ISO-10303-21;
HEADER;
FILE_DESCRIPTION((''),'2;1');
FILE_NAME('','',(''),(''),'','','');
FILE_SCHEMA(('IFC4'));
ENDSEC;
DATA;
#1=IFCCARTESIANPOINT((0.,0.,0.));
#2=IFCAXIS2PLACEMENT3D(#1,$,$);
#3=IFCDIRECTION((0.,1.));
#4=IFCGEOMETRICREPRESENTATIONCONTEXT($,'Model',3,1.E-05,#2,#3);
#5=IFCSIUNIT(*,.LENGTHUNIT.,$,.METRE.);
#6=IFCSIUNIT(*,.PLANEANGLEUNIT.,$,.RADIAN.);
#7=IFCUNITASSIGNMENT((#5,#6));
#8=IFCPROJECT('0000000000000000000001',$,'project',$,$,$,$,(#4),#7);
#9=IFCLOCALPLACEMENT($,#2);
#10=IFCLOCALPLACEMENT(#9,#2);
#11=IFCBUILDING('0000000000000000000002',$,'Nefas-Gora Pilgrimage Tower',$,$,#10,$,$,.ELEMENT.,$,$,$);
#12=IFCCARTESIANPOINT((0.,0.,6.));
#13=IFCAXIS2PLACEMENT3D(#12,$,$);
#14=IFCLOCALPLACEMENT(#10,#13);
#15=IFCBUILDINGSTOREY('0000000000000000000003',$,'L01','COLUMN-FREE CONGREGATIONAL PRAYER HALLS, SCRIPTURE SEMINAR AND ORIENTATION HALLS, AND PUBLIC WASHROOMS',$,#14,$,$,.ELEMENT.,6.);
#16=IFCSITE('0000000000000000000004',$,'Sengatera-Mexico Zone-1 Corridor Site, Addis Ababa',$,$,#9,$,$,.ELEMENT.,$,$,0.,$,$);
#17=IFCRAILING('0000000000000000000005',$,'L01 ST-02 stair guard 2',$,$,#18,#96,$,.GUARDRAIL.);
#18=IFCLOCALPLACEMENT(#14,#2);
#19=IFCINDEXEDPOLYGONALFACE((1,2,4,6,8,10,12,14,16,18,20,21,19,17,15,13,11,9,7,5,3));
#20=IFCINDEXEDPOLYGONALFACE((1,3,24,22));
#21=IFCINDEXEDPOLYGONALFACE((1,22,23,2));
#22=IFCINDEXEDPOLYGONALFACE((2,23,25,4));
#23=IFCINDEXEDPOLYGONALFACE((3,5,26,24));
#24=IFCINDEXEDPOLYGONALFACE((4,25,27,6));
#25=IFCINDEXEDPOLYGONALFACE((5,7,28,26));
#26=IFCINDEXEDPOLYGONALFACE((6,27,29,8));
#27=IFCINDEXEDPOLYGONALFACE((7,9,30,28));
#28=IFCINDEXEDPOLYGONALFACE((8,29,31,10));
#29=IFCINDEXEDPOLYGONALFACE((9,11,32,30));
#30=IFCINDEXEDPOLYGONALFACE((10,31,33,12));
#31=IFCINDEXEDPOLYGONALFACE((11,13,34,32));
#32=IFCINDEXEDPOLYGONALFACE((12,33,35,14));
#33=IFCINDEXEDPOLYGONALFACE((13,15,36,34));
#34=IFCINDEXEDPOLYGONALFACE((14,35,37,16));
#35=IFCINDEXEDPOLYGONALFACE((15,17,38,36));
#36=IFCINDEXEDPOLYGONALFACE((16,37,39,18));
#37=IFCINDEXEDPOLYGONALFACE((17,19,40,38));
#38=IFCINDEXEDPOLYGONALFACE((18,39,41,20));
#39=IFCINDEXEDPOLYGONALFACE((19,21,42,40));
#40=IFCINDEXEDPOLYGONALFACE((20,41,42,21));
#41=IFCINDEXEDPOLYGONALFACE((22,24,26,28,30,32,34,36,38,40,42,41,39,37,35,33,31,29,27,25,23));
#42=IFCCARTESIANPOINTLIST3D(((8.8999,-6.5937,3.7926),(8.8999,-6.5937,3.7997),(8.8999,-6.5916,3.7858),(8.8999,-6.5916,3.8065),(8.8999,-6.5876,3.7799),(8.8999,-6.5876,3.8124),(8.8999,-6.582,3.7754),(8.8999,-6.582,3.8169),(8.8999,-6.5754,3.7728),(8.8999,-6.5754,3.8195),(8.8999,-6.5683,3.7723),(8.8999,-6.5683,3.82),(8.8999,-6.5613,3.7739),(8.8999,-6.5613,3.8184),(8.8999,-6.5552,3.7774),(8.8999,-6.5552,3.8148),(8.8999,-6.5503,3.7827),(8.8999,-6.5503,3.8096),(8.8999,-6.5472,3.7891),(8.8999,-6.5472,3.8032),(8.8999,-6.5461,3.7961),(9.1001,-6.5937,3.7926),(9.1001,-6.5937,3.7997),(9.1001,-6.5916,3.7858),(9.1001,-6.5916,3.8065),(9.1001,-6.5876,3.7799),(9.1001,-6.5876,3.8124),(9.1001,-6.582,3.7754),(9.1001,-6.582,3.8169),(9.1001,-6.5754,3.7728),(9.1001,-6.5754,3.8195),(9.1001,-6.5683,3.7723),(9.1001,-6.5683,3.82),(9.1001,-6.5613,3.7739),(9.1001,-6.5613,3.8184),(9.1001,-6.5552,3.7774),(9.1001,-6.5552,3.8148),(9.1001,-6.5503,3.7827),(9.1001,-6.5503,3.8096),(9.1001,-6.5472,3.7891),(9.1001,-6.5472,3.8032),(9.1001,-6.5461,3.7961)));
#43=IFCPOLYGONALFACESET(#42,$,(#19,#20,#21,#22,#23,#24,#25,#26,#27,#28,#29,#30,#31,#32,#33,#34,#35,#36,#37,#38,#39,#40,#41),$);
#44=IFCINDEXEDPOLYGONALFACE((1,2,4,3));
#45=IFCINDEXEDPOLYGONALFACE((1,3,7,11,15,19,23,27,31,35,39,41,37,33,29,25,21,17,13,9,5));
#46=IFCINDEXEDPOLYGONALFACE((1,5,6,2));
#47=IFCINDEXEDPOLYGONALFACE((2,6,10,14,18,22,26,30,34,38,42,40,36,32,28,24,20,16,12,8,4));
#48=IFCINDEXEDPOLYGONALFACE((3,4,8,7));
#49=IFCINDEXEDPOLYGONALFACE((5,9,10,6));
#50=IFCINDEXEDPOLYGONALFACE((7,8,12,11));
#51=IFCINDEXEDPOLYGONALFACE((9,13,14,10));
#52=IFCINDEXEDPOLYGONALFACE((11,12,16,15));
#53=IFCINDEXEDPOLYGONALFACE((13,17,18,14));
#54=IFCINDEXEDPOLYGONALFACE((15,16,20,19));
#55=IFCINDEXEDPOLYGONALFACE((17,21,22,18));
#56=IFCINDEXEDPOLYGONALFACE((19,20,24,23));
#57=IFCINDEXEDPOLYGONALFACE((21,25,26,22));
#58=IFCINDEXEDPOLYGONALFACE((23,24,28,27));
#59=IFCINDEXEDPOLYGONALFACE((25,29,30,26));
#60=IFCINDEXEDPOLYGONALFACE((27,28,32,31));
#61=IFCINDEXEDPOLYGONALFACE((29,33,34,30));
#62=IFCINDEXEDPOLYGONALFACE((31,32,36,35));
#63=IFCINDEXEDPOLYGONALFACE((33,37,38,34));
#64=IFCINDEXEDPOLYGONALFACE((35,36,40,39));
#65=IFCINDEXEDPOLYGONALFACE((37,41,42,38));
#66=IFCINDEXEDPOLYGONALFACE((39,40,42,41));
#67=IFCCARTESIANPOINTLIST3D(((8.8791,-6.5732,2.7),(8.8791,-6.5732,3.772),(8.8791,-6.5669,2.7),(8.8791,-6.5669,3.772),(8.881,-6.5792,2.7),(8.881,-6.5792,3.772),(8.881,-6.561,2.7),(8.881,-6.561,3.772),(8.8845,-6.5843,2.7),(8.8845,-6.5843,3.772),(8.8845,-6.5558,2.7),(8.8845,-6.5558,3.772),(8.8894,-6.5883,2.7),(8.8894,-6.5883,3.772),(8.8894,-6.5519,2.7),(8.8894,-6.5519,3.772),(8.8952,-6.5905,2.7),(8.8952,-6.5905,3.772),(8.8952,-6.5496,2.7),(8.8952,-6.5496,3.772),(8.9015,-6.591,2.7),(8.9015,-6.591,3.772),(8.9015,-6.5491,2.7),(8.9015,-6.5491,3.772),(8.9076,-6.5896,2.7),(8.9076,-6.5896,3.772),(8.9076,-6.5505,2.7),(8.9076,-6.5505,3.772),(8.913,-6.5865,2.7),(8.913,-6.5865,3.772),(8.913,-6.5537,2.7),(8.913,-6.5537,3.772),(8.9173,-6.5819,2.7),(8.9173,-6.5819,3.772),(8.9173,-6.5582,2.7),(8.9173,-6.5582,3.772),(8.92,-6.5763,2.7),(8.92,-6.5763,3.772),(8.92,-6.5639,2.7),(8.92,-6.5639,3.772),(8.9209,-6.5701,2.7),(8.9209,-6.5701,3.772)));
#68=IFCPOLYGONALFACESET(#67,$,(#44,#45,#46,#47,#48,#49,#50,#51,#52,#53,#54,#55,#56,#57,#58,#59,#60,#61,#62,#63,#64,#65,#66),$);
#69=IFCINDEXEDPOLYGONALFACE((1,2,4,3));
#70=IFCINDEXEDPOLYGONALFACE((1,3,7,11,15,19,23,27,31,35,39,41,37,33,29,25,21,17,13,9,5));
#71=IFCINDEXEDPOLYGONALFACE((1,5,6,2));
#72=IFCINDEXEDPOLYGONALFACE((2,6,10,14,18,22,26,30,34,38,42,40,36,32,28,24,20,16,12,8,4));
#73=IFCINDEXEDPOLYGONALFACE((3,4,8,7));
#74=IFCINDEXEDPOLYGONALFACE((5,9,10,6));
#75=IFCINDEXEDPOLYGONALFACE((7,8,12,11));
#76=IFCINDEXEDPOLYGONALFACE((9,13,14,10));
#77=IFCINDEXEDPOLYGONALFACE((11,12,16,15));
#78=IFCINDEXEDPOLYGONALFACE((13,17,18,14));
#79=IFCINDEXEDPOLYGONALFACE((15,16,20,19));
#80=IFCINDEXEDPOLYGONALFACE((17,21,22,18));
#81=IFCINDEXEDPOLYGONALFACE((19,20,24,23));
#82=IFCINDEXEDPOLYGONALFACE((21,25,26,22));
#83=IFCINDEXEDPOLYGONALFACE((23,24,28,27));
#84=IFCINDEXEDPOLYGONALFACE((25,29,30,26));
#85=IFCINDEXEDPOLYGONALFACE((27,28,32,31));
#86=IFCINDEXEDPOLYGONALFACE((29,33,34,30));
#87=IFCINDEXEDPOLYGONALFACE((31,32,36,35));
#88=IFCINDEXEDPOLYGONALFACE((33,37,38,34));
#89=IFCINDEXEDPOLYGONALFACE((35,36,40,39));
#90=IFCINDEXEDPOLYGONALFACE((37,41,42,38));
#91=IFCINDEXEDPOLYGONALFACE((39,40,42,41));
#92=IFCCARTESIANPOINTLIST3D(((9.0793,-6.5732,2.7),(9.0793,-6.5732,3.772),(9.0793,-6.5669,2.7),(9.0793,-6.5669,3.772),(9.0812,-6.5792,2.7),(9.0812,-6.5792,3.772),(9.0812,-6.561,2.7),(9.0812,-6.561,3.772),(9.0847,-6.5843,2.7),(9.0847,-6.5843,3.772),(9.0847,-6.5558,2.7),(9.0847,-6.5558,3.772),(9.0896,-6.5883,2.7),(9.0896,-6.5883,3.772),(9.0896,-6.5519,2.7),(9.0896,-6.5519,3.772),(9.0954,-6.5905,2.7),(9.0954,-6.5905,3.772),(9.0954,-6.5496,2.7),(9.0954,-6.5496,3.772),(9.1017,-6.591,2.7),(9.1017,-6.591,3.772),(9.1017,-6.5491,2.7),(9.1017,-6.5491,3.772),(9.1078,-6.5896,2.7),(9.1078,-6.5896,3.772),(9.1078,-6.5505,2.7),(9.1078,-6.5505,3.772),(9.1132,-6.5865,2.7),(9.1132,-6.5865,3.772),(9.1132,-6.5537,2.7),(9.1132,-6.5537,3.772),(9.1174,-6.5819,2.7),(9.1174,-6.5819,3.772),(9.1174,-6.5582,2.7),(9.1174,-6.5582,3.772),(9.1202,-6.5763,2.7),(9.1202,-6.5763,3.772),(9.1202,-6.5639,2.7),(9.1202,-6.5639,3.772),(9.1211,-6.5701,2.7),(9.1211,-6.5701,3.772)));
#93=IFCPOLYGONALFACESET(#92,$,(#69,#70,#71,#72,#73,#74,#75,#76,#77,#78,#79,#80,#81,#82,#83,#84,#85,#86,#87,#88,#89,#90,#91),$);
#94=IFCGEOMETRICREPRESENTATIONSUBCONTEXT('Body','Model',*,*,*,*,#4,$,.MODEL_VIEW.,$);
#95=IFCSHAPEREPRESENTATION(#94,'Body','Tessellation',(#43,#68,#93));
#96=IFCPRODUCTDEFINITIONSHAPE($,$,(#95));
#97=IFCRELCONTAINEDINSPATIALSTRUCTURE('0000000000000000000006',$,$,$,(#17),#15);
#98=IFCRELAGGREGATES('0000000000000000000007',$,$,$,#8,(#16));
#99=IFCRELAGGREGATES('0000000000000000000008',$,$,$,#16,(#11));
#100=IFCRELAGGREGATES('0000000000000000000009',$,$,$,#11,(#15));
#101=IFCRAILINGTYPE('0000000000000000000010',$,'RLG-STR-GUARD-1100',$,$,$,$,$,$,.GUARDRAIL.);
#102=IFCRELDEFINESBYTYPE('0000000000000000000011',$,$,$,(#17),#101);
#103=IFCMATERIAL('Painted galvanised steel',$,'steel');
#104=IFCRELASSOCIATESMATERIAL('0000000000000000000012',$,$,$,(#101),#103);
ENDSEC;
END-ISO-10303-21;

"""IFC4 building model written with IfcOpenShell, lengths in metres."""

from ifc_helpers import new_model, si_unit, direction, frame, origin, origin_2d, place, context, subcontext, project, spatial, circle, extrude, material, type_object, element, save


model = new_model("IFC4")

# Units and contexts
model_context = context("Model", 3, precision=1e-05, world=origin(), true_north=direction((0.0, 1.0)))
body_context = subcontext(model_context, "Body", "Model", "MODEL_VIEW")
ifc_project = project(units=[si_unit("LENGTHUNIT", "METRE"), si_unit("PLANEANGLEUNIT", "RADIAN")], contexts=[model_context])

# Site, building, storey
site_placement = place(None, origin())
site = spatial("IfcSite", under=ifc_project, at=site_placement, Name="Sengatera-Mexico Zone-1 Corridor Site, Addis Ababa", CompositionType="ELEMENT", RefElevation=0.0)
building_placement = place(site_placement, origin())
building = spatial("IfcBuilding", under=site, at=building_placement, Name="Nefas-Gora Pilgrimage Tower", CompositionType="ELEMENT")
storey_placement = place(building_placement, frame((0.0, 0.0, 6.0)))
storey = spatial("IfcBuildingStorey", under=building, at=storey_placement, Name="L01", Description="COLUMN-FREE CONGREGATIONAL PRAYER HALLS, SCRIPTURE SEMINAR AND ORIENTATION HALLS, AND PUBLIC WASHROOMS", CompositionType="ELEMENT", Elevation=6.0)

# Railing
ifc_material_1 = material(Name="Painted galvanised steel", Category="steel")
railing_type_1 = type_object("IfcRailingType", Name="RLG-STR-GUARD-1100", PredefinedType="GUARDRAIL", material=ifc_material_1)
railing_1_placement = place(storey_placement, frame((8.8999, -6.5701, 2.7)))
element("IfcRailing", 1, at=railing_1_placement, inside=storey, type_object=railing_type_1, Name="L01 ST-02 stair guard 2", PredefinedType="GUARDRAIL", context=body_context, shape_type="SweptSolid", body=[
    extrude(circle(Radius=0.0239, at=origin_2d()), frame((0.0, 0.0, 1.0962), z_axis=(1.0, 0.0, 0.0), x_axis=(0.0, 1.0, 0.0)), (0.0, 0.0, 1.0), 0.2002),
    extrude(circle(Radius=0.021, at=origin_2d()), origin(), (0.0, 0.0, 1.0), 1.072),
    extrude(circle(Radius=0.021, at=origin_2d()), frame((0.2002, 0.0, 0.0)), (0.0, 0.0, 1.0), 1.072),
])

save(model, "model.ifc")
